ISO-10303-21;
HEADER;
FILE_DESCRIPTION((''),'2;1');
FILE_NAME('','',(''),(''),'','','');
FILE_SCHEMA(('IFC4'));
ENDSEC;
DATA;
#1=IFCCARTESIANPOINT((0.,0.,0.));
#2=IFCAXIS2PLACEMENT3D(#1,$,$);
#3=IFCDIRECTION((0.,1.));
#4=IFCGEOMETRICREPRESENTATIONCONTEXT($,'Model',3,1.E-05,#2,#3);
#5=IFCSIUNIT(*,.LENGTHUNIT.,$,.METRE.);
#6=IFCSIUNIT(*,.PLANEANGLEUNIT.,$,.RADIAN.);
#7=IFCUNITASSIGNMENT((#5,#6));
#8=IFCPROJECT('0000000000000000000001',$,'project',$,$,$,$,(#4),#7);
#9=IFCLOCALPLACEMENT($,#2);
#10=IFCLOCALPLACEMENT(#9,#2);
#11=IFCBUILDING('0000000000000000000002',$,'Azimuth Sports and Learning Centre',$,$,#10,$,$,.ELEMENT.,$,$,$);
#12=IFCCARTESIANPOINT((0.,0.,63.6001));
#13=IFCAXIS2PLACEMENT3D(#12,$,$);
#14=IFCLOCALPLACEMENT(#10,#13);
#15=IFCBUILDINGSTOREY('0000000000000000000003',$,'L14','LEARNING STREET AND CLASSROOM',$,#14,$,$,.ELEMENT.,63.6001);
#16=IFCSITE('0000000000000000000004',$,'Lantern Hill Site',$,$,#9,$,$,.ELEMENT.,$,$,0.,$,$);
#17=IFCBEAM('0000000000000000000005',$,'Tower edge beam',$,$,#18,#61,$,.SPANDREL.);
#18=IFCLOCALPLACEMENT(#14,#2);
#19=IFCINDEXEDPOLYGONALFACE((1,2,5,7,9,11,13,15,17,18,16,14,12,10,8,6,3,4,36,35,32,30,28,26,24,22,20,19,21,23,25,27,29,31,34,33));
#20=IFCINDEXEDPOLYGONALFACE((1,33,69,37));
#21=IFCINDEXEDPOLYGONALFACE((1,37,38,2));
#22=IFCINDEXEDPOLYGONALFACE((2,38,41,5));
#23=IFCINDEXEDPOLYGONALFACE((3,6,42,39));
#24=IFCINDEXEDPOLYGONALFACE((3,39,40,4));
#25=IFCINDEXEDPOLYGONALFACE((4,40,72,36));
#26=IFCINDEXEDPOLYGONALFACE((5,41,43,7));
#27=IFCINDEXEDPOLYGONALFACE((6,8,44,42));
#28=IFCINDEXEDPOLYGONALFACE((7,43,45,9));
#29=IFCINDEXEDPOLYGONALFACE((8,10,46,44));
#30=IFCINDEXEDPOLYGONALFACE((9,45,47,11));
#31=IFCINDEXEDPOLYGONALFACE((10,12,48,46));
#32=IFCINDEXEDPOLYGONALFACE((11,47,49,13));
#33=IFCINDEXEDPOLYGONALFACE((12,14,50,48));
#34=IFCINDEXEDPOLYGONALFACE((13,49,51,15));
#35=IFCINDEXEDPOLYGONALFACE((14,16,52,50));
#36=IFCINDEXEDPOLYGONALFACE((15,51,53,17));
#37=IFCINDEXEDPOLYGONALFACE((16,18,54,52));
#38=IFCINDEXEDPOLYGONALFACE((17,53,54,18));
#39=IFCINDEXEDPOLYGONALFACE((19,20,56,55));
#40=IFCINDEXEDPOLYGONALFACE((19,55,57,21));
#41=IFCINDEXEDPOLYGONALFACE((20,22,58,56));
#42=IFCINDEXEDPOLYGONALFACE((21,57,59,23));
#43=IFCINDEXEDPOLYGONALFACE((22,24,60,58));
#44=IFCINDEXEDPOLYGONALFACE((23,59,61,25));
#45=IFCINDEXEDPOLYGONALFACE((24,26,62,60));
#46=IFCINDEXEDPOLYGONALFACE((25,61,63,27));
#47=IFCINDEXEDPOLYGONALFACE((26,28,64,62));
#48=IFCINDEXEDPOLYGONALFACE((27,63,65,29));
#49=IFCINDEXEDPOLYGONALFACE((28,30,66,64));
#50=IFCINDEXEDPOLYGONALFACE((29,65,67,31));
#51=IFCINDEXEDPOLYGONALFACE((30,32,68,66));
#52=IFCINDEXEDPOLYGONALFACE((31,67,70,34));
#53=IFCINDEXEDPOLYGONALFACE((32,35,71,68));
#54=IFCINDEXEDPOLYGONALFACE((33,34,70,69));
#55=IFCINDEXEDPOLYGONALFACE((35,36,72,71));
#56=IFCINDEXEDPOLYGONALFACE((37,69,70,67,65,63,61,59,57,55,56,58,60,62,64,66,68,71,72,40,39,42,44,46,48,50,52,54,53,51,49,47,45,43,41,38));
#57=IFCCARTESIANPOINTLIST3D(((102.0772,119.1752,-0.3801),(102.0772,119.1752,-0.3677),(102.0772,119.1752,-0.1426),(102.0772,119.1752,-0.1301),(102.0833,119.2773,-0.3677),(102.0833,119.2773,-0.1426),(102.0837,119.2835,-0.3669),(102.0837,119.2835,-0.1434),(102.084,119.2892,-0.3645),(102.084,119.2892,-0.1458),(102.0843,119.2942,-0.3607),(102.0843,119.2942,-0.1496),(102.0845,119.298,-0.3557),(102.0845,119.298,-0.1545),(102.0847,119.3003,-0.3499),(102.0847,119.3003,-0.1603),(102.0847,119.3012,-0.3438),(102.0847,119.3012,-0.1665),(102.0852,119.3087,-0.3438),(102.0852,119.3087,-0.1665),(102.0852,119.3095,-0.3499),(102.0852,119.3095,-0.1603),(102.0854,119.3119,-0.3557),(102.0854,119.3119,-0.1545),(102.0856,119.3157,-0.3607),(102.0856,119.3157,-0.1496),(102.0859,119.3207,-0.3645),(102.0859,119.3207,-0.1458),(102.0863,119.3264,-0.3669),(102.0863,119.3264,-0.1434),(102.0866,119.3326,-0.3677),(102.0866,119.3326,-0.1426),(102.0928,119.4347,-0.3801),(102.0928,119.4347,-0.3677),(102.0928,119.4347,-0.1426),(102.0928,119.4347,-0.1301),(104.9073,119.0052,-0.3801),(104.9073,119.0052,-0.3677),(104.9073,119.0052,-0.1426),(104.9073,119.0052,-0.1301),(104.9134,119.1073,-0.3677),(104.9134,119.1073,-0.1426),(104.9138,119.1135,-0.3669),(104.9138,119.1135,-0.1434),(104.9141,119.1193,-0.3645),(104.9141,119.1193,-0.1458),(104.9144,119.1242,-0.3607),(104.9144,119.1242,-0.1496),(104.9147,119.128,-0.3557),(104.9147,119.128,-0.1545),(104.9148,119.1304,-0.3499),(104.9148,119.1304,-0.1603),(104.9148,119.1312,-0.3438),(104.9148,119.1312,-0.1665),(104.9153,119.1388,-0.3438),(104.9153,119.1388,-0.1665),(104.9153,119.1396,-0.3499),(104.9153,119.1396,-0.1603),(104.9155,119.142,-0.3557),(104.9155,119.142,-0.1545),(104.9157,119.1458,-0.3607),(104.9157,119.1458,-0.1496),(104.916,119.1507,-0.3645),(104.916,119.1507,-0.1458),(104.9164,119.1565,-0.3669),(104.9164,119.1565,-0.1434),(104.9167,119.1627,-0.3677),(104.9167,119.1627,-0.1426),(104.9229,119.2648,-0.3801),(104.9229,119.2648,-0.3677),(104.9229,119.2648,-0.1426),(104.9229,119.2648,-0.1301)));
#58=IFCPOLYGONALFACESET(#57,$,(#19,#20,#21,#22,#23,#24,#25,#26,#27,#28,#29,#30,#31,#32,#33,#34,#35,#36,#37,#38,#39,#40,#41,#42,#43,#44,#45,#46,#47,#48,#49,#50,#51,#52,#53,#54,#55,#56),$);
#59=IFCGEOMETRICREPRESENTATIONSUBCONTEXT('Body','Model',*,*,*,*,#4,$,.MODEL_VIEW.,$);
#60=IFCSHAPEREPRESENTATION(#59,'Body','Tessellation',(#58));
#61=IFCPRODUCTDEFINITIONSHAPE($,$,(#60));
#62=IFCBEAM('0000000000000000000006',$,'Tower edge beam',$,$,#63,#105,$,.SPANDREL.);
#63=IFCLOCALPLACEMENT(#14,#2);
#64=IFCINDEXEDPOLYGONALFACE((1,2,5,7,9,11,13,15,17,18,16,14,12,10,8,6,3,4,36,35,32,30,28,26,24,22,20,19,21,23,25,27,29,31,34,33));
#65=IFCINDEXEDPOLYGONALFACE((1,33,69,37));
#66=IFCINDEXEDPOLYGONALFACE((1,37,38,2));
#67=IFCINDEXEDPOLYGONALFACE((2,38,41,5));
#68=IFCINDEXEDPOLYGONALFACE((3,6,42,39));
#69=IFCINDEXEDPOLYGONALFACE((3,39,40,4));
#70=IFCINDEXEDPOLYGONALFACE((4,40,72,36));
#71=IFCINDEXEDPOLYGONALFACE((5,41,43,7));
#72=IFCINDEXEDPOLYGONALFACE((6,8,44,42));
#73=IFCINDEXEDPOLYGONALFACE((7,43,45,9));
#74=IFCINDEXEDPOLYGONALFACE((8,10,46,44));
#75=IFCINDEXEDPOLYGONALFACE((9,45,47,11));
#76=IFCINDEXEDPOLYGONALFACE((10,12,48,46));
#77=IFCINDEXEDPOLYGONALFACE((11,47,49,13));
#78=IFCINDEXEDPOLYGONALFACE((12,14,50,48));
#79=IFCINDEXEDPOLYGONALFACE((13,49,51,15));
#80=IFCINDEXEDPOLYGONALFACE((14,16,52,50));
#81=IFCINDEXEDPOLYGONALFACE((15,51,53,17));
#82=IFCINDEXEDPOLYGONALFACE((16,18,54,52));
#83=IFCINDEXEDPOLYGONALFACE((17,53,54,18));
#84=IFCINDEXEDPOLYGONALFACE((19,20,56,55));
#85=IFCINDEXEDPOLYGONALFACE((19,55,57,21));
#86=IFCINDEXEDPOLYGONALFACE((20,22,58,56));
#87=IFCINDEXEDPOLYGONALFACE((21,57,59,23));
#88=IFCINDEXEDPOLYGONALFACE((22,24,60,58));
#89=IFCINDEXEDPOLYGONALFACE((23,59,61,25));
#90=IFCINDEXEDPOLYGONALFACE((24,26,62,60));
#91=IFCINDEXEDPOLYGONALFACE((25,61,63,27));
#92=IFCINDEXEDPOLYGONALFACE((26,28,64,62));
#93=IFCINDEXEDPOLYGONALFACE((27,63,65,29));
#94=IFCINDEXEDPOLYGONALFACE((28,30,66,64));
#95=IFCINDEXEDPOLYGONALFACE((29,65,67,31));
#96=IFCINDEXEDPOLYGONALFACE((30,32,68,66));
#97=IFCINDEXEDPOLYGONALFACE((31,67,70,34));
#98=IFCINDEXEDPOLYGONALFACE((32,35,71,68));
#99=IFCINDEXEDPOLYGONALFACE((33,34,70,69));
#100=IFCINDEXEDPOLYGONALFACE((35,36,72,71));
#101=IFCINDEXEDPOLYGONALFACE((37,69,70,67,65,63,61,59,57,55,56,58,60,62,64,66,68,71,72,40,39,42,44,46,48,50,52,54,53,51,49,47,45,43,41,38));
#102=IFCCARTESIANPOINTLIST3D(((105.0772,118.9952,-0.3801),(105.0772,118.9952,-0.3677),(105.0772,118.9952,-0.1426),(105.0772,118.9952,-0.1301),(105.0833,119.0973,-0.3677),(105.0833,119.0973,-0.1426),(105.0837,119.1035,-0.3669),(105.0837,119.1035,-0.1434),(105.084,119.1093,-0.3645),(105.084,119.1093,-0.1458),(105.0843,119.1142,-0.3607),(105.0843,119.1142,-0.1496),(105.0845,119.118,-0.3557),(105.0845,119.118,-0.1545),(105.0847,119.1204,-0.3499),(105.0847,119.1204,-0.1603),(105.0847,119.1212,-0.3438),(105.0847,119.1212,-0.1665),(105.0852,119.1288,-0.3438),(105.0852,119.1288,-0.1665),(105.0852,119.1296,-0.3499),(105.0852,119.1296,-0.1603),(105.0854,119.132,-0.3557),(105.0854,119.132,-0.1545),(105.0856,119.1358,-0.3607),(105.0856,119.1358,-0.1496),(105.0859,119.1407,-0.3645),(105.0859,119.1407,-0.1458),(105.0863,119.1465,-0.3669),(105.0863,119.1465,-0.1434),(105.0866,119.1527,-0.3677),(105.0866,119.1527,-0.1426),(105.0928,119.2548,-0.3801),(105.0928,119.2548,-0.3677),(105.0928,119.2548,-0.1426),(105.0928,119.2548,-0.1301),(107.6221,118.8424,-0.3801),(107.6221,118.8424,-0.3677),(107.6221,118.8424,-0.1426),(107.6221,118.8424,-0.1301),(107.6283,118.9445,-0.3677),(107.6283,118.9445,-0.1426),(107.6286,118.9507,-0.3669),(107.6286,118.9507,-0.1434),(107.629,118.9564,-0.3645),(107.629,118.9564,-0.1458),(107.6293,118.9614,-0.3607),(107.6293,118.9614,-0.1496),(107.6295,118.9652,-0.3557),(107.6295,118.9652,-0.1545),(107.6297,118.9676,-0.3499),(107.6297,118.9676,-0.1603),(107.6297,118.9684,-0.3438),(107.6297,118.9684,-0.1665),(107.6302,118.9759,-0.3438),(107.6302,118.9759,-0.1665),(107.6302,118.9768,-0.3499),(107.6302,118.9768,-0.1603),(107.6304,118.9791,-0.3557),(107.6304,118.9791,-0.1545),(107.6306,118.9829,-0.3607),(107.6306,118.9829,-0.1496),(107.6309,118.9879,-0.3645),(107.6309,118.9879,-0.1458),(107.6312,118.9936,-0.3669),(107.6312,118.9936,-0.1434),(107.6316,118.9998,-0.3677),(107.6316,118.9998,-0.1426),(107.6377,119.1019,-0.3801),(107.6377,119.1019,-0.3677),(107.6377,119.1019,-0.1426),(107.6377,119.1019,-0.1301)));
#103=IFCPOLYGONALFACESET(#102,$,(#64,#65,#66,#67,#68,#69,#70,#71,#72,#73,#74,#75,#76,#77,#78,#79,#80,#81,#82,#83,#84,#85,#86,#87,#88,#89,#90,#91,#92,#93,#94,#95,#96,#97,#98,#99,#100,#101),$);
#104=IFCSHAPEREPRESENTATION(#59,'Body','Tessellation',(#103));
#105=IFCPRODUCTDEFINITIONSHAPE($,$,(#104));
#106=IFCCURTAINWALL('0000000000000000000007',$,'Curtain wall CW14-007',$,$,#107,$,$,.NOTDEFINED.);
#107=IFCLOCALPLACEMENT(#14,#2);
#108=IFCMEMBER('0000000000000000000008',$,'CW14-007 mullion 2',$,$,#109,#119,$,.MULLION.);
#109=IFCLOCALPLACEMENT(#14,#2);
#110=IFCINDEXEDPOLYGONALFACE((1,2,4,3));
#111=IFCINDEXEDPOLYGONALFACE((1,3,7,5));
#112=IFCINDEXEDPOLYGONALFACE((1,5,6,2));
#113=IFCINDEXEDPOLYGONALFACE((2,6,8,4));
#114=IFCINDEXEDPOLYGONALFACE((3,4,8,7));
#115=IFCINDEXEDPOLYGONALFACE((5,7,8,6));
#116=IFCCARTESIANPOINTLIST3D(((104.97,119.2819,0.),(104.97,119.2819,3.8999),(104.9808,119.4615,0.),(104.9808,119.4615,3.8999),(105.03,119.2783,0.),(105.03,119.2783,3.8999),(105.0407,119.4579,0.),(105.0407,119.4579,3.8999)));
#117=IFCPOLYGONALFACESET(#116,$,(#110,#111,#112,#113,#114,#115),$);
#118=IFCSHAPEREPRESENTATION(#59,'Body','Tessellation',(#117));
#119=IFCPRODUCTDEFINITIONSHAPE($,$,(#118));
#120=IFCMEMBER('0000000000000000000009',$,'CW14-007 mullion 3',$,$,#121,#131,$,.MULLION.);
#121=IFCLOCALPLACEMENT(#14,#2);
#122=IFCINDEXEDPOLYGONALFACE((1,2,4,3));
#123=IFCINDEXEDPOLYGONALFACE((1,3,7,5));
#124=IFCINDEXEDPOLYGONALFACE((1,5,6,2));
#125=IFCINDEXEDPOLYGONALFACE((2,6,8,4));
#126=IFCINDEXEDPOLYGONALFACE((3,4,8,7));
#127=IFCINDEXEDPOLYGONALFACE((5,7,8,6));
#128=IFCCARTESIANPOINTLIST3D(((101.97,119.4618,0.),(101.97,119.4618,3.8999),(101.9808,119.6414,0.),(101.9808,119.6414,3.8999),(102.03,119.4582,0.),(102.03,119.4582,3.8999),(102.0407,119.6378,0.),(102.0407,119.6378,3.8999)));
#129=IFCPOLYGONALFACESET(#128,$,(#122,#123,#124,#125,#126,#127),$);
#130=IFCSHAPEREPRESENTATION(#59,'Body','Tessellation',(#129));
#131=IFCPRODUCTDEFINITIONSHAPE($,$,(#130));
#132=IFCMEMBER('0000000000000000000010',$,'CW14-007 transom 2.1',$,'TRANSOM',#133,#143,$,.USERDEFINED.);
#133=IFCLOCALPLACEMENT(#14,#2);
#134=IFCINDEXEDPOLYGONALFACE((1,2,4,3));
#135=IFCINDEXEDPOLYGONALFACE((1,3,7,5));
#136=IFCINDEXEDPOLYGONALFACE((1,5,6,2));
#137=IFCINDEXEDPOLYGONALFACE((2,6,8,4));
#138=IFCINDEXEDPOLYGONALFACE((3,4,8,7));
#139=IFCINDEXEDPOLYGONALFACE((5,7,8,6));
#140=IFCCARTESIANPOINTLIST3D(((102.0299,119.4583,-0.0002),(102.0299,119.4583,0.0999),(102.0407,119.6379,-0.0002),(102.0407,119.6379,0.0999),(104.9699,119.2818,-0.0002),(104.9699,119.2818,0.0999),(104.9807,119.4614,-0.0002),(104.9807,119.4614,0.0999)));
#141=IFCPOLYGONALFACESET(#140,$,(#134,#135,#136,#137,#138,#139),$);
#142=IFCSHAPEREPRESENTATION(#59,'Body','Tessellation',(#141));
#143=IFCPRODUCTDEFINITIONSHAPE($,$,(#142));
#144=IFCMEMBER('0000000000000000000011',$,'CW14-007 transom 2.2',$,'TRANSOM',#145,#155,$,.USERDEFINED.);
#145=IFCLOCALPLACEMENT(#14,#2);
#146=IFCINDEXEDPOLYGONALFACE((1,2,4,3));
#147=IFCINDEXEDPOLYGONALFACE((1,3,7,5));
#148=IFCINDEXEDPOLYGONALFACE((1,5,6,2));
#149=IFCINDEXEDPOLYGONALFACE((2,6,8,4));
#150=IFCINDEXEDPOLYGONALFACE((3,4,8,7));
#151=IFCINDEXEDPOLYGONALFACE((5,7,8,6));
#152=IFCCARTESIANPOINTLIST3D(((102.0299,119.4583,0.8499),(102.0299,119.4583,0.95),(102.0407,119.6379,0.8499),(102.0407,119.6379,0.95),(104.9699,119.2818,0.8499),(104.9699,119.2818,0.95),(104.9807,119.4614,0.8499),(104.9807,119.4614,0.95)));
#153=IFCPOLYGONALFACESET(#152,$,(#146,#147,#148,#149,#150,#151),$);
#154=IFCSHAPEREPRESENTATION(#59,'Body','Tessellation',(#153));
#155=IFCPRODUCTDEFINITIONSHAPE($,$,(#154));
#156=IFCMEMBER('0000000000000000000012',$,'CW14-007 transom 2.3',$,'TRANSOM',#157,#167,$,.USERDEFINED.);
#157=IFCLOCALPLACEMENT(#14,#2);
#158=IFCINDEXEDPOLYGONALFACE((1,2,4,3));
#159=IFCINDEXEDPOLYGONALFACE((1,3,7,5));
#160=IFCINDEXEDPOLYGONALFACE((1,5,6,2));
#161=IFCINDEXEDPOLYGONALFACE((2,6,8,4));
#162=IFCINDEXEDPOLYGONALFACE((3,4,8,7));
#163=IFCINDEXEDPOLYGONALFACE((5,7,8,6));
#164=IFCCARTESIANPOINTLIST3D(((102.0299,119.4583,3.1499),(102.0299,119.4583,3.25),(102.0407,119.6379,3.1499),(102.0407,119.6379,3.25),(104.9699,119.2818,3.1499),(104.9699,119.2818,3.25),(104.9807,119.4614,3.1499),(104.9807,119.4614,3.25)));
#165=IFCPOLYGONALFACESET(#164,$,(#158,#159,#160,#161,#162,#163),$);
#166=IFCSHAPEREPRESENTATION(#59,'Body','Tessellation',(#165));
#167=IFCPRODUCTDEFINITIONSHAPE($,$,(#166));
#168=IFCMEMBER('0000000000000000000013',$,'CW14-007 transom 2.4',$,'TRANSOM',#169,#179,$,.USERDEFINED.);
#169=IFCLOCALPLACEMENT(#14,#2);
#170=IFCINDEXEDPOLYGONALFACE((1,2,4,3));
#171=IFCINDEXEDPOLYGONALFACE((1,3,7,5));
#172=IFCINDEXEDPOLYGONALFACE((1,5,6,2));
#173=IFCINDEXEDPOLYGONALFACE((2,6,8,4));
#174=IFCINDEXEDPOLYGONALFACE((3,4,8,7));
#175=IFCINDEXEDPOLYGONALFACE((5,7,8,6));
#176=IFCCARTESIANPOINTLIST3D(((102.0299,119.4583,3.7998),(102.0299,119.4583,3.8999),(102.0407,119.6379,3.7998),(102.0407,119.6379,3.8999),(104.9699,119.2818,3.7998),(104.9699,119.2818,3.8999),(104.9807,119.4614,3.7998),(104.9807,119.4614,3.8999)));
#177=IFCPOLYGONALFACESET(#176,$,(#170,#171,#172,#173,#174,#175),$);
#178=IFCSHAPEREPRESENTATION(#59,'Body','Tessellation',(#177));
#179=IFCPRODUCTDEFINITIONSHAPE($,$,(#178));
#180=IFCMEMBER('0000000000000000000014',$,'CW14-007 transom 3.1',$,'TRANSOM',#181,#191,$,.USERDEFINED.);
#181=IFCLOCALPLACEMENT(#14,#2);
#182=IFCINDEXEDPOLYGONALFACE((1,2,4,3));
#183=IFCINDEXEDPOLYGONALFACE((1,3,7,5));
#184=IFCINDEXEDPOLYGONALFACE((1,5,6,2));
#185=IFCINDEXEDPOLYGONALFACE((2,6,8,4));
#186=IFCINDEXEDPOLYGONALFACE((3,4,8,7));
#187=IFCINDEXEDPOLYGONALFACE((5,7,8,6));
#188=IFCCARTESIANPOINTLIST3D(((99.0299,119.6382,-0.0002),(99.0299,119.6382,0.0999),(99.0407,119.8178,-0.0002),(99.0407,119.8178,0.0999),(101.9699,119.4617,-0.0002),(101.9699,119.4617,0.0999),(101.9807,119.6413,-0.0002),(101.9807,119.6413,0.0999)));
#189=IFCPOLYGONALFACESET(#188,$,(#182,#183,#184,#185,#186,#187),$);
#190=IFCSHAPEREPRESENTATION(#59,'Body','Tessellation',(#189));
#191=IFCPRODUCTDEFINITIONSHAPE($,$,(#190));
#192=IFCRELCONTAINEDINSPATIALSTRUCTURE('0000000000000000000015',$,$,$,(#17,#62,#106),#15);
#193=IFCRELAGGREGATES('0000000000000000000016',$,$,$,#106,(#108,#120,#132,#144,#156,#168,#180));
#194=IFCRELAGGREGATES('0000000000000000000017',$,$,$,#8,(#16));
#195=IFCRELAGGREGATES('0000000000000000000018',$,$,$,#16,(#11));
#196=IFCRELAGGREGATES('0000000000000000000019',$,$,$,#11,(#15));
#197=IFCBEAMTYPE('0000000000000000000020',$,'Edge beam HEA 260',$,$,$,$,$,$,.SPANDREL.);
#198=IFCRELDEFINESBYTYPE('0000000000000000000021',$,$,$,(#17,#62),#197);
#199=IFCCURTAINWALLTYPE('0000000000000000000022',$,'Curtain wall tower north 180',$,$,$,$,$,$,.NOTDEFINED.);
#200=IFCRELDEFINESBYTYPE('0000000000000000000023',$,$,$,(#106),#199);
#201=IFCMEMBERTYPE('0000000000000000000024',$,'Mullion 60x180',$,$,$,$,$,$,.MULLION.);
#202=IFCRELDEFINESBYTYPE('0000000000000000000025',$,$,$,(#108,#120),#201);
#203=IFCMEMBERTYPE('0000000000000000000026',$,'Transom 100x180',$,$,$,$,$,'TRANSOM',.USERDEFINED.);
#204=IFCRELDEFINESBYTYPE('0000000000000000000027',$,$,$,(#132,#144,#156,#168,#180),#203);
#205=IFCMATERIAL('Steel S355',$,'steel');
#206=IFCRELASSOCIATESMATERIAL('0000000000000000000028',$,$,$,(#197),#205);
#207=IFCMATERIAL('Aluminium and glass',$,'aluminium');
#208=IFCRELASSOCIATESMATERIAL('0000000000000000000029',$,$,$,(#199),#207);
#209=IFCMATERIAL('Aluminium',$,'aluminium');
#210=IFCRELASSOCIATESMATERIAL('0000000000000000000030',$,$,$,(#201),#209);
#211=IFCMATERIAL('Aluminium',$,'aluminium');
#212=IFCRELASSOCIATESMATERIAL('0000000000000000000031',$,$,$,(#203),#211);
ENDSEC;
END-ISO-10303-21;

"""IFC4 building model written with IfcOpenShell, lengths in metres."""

from ifc_helpers import new_model, si_unit, direction, frame, origin, origin_2d, place, context, subcontext, project, spatial, rectangle, i_section, extrude, material, material_profile, profile_set, type_object, element, aggregate, save


model = new_model("IFC4")

# Units and contexts
model_context = context("Model", 3, precision=1e-05, world=origin(), true_north=direction((0.0, 1.0)))
body_context = subcontext(model_context, "Body", "Model", "MODEL_VIEW")
ifc_project = project(units=[si_unit("LENGTHUNIT", "METRE"), si_unit("PLANEANGLEUNIT", "RADIAN")], contexts=[model_context])

# Site, building, storey
site_placement = place(None, origin())
site = spatial("IfcSite", under=ifc_project, at=site_placement, Name="Lantern Hill Site", CompositionType="ELEMENT", RefElevation=0.0)
building_placement = place(site_placement, origin())
building = spatial("IfcBuilding", under=site, at=building_placement, Name="Azimuth Sports and Learning Centre", CompositionType="ELEMENT")
storey_placement = place(building_placement, frame((0.0, 0.0, 63.6001)))
storey = spatial("IfcBuildingStorey", under=building, at=storey_placement, Name="L14", Description="LEARNING STREET AND CLASSROOM", CompositionType="ELEMENT", Elevation=63.6001)

# Beams
ifc_material_1 = material(Name="Steel S355", Category="steel")
ifc_material_profile_1 = material_profile(ifc_material_1, i_section(OverallWidth=0.26, OverallDepth=0.25, WebThickness=0.0076, FlangeThickness=0.0125, FilletRadius=0.0239, at=origin_2d()), Name="HEA 260")
ifc_profile_set_1 = profile_set([ifc_material_profile_1], Name="Steel S355")
beam_type = type_object("IfcBeamType", Name="Edge beam HEA 260", PredefinedType="SPANDREL", material=ifc_profile_set_1)
beam_1_placement = place(storey_placement, frame((102.085, 119.3049, -0.2551), z_axis=(0.998202, -0.059933, 0.0), x_axis=(0.059933, 0.998202, 0.0)))
element("IfcBeam", 1, at=beam_1_placement, inside=storey, type_object=beam_type, Name="Tower edge beam", PredefinedType="SPANDREL", context=body_context, shape_type="SweptSolid", body=[
    extrude(i_section(OverallWidth=0.26, OverallDepth=0.25, WebThickness=0.0076, FlangeThickness=0.0125, FilletRadius=0.0239, at=origin_2d()), origin(), (0.0, 0.0, 1.0), 2.8352),
])
beam_2_placement = place(storey_placement, frame((105.085, 119.125, -0.2551), z_axis=(0.998202, -0.059946, 0.0), x_axis=(0.059946, 0.998202, 0.0)))
element("IfcBeam", 2, at=beam_2_placement, inside=storey, type_object=beam_type, Name="Tower edge beam", PredefinedType="SPANDREL", context=body_context, shape_type="SweptSolid", body=[
    extrude(i_section(OverallWidth=0.26, OverallDepth=0.25, WebThickness=0.0076, FlangeThickness=0.0125, FilletRadius=0.0239, at=origin_2d()), origin(), (0.0, 0.0, 1.0), 2.5496),
])

# Curtain wall, members
ifc_material_2 = material(Name="Aluminium and glass", Category="aluminium")
curtain_wall_type = type_object("IfcCurtainWallType", Name="Curtain wall tower north 180", PredefinedType="NOTDEFINED", material=ifc_material_2)
curtain_wall_placement = place(storey_placement, origin())
curtain_wall = element("IfcCurtainWall", 3, at=curtain_wall_placement, inside=storey, type_object=curtain_wall_type, Name="Curtain wall CW14-007", PredefinedType="NOTDEFINED")
ifc_material_3 = material(Name="Aluminium", Category="aluminium")
ifc_material_profile_2 = material_profile(ifc_material_3, rectangle(XDim=0.1799, YDim=0.0601, at=origin_2d()), Name="Mullion 60x180")
ifc_profile_set_2 = profile_set([ifc_material_profile_2], Name="Aluminium")
member_type_1 = type_object("IfcMemberType", Name="Mullion 60x180", PredefinedType="MULLION", material=ifc_profile_set_2)
member_1_placement = place(storey_placement, frame((105.0054, 119.3699, 0.0), z_axis=(0.0, 0.0, 1.0), x_axis=(-0.059892, -0.998205, 0.0)))
member_1 = element("IfcMember", 4, at=member_1_placement, type_object=member_type_1, Name="CW14-007 mullion 2", PredefinedType="MULLION", context=body_context, shape_type="SweptSolid", body=[
    extrude(rectangle(XDim=0.1799, YDim=0.0601, at=origin_2d()), origin(), (0.0, 0.0, 1.0), 3.8999),
])
member_2_placement = place(storey_placement, frame((102.0054, 119.5498, 0.0), z_axis=(0.0, 0.0, 1.0), x_axis=(-0.059892, -0.998205, 0.0)))
member_2 = element("IfcMember", 5, at=member_2_placement, type_object=member_type_1, Name="CW14-007 mullion 3", PredefinedType="MULLION", context=body_context, shape_type="SweptSolid", body=[
    extrude(rectangle(XDim=0.1799, YDim=0.0601, at=origin_2d()), origin(), (0.0, 0.0, 1.0), 3.8999),
])
ifc_material_4 = material(Name="Aluminium", Category="aluminium")
ifc_material_profile_3 = material_profile(ifc_material_4, rectangle(XDim=0.1799, YDim=0.1001, at=origin_2d()), Name="Transom 100x180")
ifc_profile_set_3 = profile_set([ifc_material_profile_3], Name="Aluminium")
member_type_2 = type_object("IfcMemberType", Name="Transom 100x180", ElementType="TRANSOM", PredefinedType="USERDEFINED", material=ifc_profile_set_3)
member_3_placement = place(storey_placement, frame((104.9753, 119.3716, 0.0498), z_axis=(-0.998202, 0.059932, 0.0), x_axis=(-0.059932, -0.998202, 0.0)))
member_3 = element("IfcMember", 6, at=member_3_placement, type_object=member_type_2, Name="CW14-007 transom 2.1", ObjectType="TRANSOM", PredefinedType="USERDEFINED", context=body_context, shape_type="SweptSolid", body=[
    extrude(rectangle(XDim=0.1799, YDim=0.1001, at=origin_2d()), origin(), (0.0, 0.0, 1.0), 2.9453),
])
member_4_placement = place(storey_placement, frame((104.9753, 119.3716, 0.8999), z_axis=(-0.998202, 0.059932, 0.0), x_axis=(-0.059932, -0.998202, 0.0)))
member_4 = element("IfcMember", 7, at=member_4_placement, type_object=member_type_2, Name="CW14-007 transom 2.2", ObjectType="TRANSOM", PredefinedType="USERDEFINED", context=body_context, shape_type="SweptSolid", body=[
    extrude(rectangle(XDim=0.1799, YDim=0.1001, at=origin_2d()), origin(), (0.0, 0.0, 1.0), 2.9453),
])
member_5_placement = place(storey_placement, frame((104.9753, 119.3716, 3.2), z_axis=(-0.998202, 0.059932, 0.0), x_axis=(-0.059932, -0.998202, 0.0)))
member_5 = element("IfcMember", 8, at=member_5_placement, type_object=member_type_2, Name="CW14-007 transom 2.3", ObjectType="TRANSOM", PredefinedType="USERDEFINED", context=body_context, shape_type="SweptSolid", body=[
    extrude(rectangle(XDim=0.1799, YDim=0.1001, at=origin_2d()), origin(), (0.0, 0.0, 1.0), 2.9453),
])
member_6_placement = place(storey_placement, frame((104.9753, 119.3716, 3.8499), z_axis=(-0.998202, 0.059932, 0.0), x_axis=(-0.059932, -0.998202, 0.0)))
member_6 = element("IfcMember", 9, at=member_6_placement, type_object=member_type_2, Name="CW14-007 transom 2.4", ObjectType="TRANSOM", PredefinedType="USERDEFINED", context=body_context, shape_type="SweptSolid", body=[
    extrude(rectangle(XDim=0.1799, YDim=0.1001, at=origin_2d()), origin(), (0.0, 0.0, 1.0), 2.9453),
])
member_7_placement = place(storey_placement, frame((101.9753, 119.5515, 0.0498), z_axis=(-0.998202, 0.059932, 0.0), x_axis=(-0.059932, -0.998202, 0.0)))
member_7 = element("IfcMember", 10, at=member_7_placement, type_object=member_type_2, Name="CW14-007 transom 3.1", ObjectType="TRANSOM", PredefinedType="USERDEFINED", context=body_context, shape_type="SweptSolid", body=[
    extrude(rectangle(XDim=0.1799, YDim=0.1001, at=origin_2d()), origin(), (0.0, 0.0, 1.0), 2.9453),
])
aggregate(curtain_wall, [member_1, member_2, member_3, member_4, member_5, member_6, member_7])

save(model, "model.ifc")
